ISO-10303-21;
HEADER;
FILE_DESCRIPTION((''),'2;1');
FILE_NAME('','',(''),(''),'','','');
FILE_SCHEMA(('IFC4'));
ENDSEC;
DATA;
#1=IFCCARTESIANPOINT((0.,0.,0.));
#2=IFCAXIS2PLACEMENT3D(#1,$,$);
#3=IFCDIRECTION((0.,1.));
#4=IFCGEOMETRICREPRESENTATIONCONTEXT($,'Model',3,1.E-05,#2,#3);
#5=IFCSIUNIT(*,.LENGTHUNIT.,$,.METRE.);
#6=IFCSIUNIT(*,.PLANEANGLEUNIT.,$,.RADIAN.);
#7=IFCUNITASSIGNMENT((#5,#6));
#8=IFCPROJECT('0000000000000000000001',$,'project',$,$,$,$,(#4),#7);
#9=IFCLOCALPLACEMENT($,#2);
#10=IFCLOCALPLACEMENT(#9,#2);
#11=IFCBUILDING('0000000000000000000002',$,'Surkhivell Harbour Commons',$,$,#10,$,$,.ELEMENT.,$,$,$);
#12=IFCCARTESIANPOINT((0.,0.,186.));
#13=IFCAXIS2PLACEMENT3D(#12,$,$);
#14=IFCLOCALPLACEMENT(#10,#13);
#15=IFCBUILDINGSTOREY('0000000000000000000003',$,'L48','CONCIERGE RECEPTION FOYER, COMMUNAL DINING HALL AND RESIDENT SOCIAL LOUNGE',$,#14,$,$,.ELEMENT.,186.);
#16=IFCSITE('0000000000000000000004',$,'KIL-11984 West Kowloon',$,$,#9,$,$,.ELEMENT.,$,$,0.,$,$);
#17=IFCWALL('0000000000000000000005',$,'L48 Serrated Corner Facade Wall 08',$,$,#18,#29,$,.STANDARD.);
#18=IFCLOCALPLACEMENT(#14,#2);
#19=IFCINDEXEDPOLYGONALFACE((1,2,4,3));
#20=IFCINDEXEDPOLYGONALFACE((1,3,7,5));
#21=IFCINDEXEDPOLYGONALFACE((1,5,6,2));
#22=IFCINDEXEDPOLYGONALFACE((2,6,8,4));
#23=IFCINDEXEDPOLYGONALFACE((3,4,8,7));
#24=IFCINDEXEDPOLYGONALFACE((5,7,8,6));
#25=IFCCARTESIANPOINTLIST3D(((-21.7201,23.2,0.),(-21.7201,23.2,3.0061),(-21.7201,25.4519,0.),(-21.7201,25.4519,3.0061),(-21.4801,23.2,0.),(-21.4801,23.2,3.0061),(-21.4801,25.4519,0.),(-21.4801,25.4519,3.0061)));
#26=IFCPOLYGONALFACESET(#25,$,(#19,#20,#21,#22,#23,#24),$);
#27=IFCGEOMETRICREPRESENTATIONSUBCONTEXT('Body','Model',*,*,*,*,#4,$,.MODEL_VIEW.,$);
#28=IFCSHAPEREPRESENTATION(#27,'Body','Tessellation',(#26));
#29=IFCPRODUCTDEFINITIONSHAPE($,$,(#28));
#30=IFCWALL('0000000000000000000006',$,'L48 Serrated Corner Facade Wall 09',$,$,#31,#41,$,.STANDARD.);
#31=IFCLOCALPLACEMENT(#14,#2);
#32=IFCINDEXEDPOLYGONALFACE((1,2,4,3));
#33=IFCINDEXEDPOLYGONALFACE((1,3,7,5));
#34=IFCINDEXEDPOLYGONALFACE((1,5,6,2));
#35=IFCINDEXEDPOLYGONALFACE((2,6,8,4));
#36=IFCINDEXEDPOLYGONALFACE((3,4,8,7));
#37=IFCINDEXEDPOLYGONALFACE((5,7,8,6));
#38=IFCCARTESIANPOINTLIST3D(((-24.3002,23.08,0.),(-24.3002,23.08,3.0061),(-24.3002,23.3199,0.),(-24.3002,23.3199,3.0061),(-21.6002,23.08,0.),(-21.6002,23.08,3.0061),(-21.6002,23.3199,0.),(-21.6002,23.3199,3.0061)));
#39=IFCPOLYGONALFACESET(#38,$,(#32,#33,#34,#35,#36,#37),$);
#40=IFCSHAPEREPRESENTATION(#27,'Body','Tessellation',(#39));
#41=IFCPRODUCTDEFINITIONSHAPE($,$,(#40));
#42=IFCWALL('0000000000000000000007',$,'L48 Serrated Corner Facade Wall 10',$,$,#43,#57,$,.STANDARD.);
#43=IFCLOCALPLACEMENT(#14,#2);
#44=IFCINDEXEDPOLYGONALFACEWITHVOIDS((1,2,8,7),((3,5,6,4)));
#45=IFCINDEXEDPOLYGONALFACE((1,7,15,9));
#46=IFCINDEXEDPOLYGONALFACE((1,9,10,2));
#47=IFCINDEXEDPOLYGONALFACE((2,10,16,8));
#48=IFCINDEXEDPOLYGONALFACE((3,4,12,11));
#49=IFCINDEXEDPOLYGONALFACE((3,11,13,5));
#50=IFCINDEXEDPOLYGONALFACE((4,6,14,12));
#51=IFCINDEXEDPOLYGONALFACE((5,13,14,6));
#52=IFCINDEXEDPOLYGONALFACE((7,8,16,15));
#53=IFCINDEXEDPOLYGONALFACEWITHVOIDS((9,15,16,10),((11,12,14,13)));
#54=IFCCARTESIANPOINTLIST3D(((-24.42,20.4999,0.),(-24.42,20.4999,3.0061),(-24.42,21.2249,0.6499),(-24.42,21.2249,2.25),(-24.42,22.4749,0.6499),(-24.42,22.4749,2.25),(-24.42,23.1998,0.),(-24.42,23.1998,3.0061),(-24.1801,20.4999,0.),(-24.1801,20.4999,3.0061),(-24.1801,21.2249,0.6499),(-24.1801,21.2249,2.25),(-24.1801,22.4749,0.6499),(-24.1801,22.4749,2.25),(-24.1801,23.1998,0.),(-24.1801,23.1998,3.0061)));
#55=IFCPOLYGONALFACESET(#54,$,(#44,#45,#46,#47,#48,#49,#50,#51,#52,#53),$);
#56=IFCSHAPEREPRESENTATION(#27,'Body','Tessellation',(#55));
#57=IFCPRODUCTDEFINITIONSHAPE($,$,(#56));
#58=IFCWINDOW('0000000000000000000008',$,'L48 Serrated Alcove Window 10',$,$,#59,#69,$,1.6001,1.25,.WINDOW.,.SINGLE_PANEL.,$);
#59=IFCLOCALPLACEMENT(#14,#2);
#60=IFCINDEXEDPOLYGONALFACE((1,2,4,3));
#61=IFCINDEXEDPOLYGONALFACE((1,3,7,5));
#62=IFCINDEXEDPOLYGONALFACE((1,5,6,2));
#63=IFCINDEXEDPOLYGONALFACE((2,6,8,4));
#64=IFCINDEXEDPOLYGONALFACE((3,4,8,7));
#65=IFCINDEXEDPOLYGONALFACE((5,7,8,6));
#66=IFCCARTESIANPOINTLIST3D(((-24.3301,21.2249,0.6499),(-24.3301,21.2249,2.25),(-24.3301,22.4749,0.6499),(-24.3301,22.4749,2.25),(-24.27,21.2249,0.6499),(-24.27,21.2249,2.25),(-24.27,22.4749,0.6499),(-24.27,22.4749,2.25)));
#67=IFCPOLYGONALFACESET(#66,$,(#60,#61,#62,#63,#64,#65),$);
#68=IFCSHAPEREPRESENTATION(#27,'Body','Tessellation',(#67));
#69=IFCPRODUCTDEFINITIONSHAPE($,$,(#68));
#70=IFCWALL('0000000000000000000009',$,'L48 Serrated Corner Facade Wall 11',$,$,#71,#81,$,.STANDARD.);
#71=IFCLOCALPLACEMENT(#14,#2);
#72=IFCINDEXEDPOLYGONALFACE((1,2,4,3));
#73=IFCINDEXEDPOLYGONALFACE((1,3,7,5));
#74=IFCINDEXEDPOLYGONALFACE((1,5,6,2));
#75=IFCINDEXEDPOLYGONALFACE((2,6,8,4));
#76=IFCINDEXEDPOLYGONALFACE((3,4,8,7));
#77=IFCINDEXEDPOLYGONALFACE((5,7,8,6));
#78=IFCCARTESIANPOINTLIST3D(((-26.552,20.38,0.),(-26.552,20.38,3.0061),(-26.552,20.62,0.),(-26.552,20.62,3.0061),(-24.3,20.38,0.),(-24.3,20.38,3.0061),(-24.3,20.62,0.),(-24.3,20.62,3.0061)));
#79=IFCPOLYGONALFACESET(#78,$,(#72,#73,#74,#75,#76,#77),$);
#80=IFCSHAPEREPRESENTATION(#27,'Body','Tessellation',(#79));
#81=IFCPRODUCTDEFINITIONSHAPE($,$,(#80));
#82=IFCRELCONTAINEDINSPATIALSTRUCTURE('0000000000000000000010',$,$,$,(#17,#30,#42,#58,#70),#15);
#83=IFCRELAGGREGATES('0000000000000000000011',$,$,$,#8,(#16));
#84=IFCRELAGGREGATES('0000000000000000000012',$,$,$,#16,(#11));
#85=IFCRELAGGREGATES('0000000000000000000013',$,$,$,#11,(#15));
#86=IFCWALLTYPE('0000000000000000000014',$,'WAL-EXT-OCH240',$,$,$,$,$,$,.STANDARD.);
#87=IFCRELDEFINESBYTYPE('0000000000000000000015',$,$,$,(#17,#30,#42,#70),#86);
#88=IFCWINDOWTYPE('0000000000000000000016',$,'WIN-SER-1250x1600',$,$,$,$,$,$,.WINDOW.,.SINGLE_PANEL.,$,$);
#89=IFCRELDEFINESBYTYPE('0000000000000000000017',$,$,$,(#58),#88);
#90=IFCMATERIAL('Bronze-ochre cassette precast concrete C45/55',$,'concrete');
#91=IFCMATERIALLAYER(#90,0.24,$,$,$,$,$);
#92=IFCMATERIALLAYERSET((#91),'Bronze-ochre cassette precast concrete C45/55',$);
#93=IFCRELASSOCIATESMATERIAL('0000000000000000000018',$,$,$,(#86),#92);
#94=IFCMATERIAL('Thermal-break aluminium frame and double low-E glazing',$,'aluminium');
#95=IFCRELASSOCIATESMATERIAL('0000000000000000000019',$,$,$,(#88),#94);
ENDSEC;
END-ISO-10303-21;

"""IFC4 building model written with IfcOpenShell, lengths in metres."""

from ifc_helpers import new_model, si_unit, direction, frame, frame_2d, origin, place, context, subcontext, project, spatial, rectangle, extrude, material, layer, layer_set, type_object, element, fill, save


model = new_model("IFC4")

# Units and contexts
model_context = context("Model", 3, precision=1e-05, world=origin(), true_north=direction((0.0, 1.0)))
body_context = subcontext(model_context, "Body", "Model", "MODEL_VIEW")
ifc_project = project(units=[si_unit("LENGTHUNIT", "METRE"), si_unit("PLANEANGLEUNIT", "RADIAN")], contexts=[model_context])

# Site, building, storey
site_placement = place(None, origin())
site = spatial("IfcSite", under=ifc_project, at=site_placement, Name="KIL-11984 West Kowloon", CompositionType="ELEMENT", RefElevation=0.0)
building_placement = place(site_placement, origin())
building = spatial("IfcBuilding", under=site, at=building_placement, Name="Surkhivell Harbour Commons", CompositionType="ELEMENT")
storey_placement = place(building_placement, frame((0.0, 0.0, 186.0)))
storey = spatial("IfcBuildingStorey", under=building, at=storey_placement, Name="L48", Description="CONCIERGE RECEPTION FOYER, COMMUNAL DINING HALL AND RESIDENT SOCIAL LOUNGE", CompositionType="ELEMENT", Elevation=186.0)

# Shared definitions
ifc_material_1 = material(Name="Thermal-break aluminium frame and double low-E glazing", Category="aluminium")

# Walls
ifc_material_2 = material(Name="Bronze-ochre cassette precast concrete C45/55", Category="concrete")
ifc_layer_1 = layer(ifc_material_2, 0.24)
ifc_layer_set_1 = layer_set([ifc_layer_1], Name="Bronze-ochre cassette precast concrete C45/55")
wall_type_1 = type_object("IfcWallType", Name="WAL-EXT-OCH240", PredefinedType="STANDARD", material=ifc_layer_set_1)
wall_1_placement = place(storey_placement, frame((-21.6001, 25.4519, 0.0), z_axis=(0.0, 0.0, 1.0), x_axis=(0.0, -1.0, 0.0)))
element("IfcWall", 1, at=wall_1_placement, inside=storey, type_object=wall_type_1, Name="L48 Serrated Corner Facade Wall 08", PredefinedType="STANDARD", context=body_context, shape_type="SweptSolid", body=[
    extrude(rectangle(XDim=2.252, YDim=0.24, at=frame_2d((1.126, 0.0))), origin(), (0.0, 0.0, 1.0), 3.0061),
])
wall_2_placement = place(storey_placement, frame((-21.6001, 23.2, 0.0), z_axis=(0.0, 0.0, 1.0), x_axis=(-1.0, 0.0, 0.0)))
element("IfcWall", 2, at=wall_2_placement, inside=storey, type_object=wall_type_1, Name="L48 Serrated Corner Facade Wall 09", PredefinedType="STANDARD", context=body_context, shape_type="SweptSolid", body=[
    extrude(rectangle(XDim=2.7, YDim=0.24, at=frame_2d((1.3501, 0.0))), origin(), (0.0, 0.0, 1.0), 3.0061),
])

# Wall, opening, window
wall_3_placement = place(storey_placement, frame((-24.3, 23.2, 0.0), z_axis=(0.0, 0.0, 1.0), x_axis=(0.0, -1.0, 0.0)))
wall_3 = element("IfcWall", 3, at=wall_3_placement, inside=storey, type_object=wall_type_1, Name="L48 Serrated Corner Facade Wall 10", PredefinedType="STANDARD", context=body_context, shape_type="SweptSolid", body=[
    extrude(rectangle(XDim=2.7, YDim=0.24, at=frame_2d((1.3501, 0.0))), origin(), (0.0, 0.0, 1.0), 3.0061),
])
opening_1_placement = place(wall_3_placement, frame((0.7251, 0.0, 0.6499)))
opening_1 = element("IfcOpeningElement", 4, at=opening_1_placement, cuts=wall_3, PredefinedType="OPENING", context=body_context, shape_type="SweptSolid", body=[
    extrude(rectangle(XDim=1.25, YDim=1.6001, at=frame_2d((0.625, 0.8))), frame((0.0, 0.1299, 0.0), z_axis=(0.0, -1.0, 0.0), x_axis=(1.0, 0.0, 0.0)), (0.0, 0.0, 1.0), 0.26),
])
window_type_1 = type_object("IfcWindowType", Name="WIN-SER-1250x1600", PartitioningType="SINGLE_PANEL", PredefinedType="WINDOW", material=ifc_material_1)
window_1_placement = place(opening_1_placement, origin())
window_1 = element("IfcWindow", 5, at=window_1_placement, inside=storey, type_object=window_type_1, Name="L48 Serrated Alcove Window 10", OverallHeight=1.6001, OverallWidth=1.25, PartitioningType="SINGLE_PANEL", PredefinedType="WINDOW", context=body_context, shape_type="SweptSolid", body=[
    extrude(rectangle(XDim=1.25, YDim=1.6001, at=frame_2d((0.625, 0.8))), frame((0.0, 0.03, 0.0), z_axis=(0.0, -1.0, 0.0), x_axis=(1.0, 0.0, 0.0)), (0.0, 0.0, 1.0), 0.0601),
])
fill(opening_1, window_1)

# Wall
wall_4_placement = place(storey_placement, frame((-24.3, 20.5, 0.0), z_axis=(0.0, 0.0, 1.0), x_axis=(-1.0, 0.0, 0.0)))
element("IfcWall", 6, at=wall_4_placement, inside=storey, type_object=wall_type_1, Name="L48 Serrated Corner Facade Wall 11", PredefinedType="STANDARD", context=body_context, shape_type="SweptSolid", body=[
    extrude(rectangle(XDim=2.252, YDim=0.24, at=frame_2d((1.126, 0.0))), origin(), (0.0, 0.0, 1.0), 3.0061),
])

save(model, "model.ifc")
